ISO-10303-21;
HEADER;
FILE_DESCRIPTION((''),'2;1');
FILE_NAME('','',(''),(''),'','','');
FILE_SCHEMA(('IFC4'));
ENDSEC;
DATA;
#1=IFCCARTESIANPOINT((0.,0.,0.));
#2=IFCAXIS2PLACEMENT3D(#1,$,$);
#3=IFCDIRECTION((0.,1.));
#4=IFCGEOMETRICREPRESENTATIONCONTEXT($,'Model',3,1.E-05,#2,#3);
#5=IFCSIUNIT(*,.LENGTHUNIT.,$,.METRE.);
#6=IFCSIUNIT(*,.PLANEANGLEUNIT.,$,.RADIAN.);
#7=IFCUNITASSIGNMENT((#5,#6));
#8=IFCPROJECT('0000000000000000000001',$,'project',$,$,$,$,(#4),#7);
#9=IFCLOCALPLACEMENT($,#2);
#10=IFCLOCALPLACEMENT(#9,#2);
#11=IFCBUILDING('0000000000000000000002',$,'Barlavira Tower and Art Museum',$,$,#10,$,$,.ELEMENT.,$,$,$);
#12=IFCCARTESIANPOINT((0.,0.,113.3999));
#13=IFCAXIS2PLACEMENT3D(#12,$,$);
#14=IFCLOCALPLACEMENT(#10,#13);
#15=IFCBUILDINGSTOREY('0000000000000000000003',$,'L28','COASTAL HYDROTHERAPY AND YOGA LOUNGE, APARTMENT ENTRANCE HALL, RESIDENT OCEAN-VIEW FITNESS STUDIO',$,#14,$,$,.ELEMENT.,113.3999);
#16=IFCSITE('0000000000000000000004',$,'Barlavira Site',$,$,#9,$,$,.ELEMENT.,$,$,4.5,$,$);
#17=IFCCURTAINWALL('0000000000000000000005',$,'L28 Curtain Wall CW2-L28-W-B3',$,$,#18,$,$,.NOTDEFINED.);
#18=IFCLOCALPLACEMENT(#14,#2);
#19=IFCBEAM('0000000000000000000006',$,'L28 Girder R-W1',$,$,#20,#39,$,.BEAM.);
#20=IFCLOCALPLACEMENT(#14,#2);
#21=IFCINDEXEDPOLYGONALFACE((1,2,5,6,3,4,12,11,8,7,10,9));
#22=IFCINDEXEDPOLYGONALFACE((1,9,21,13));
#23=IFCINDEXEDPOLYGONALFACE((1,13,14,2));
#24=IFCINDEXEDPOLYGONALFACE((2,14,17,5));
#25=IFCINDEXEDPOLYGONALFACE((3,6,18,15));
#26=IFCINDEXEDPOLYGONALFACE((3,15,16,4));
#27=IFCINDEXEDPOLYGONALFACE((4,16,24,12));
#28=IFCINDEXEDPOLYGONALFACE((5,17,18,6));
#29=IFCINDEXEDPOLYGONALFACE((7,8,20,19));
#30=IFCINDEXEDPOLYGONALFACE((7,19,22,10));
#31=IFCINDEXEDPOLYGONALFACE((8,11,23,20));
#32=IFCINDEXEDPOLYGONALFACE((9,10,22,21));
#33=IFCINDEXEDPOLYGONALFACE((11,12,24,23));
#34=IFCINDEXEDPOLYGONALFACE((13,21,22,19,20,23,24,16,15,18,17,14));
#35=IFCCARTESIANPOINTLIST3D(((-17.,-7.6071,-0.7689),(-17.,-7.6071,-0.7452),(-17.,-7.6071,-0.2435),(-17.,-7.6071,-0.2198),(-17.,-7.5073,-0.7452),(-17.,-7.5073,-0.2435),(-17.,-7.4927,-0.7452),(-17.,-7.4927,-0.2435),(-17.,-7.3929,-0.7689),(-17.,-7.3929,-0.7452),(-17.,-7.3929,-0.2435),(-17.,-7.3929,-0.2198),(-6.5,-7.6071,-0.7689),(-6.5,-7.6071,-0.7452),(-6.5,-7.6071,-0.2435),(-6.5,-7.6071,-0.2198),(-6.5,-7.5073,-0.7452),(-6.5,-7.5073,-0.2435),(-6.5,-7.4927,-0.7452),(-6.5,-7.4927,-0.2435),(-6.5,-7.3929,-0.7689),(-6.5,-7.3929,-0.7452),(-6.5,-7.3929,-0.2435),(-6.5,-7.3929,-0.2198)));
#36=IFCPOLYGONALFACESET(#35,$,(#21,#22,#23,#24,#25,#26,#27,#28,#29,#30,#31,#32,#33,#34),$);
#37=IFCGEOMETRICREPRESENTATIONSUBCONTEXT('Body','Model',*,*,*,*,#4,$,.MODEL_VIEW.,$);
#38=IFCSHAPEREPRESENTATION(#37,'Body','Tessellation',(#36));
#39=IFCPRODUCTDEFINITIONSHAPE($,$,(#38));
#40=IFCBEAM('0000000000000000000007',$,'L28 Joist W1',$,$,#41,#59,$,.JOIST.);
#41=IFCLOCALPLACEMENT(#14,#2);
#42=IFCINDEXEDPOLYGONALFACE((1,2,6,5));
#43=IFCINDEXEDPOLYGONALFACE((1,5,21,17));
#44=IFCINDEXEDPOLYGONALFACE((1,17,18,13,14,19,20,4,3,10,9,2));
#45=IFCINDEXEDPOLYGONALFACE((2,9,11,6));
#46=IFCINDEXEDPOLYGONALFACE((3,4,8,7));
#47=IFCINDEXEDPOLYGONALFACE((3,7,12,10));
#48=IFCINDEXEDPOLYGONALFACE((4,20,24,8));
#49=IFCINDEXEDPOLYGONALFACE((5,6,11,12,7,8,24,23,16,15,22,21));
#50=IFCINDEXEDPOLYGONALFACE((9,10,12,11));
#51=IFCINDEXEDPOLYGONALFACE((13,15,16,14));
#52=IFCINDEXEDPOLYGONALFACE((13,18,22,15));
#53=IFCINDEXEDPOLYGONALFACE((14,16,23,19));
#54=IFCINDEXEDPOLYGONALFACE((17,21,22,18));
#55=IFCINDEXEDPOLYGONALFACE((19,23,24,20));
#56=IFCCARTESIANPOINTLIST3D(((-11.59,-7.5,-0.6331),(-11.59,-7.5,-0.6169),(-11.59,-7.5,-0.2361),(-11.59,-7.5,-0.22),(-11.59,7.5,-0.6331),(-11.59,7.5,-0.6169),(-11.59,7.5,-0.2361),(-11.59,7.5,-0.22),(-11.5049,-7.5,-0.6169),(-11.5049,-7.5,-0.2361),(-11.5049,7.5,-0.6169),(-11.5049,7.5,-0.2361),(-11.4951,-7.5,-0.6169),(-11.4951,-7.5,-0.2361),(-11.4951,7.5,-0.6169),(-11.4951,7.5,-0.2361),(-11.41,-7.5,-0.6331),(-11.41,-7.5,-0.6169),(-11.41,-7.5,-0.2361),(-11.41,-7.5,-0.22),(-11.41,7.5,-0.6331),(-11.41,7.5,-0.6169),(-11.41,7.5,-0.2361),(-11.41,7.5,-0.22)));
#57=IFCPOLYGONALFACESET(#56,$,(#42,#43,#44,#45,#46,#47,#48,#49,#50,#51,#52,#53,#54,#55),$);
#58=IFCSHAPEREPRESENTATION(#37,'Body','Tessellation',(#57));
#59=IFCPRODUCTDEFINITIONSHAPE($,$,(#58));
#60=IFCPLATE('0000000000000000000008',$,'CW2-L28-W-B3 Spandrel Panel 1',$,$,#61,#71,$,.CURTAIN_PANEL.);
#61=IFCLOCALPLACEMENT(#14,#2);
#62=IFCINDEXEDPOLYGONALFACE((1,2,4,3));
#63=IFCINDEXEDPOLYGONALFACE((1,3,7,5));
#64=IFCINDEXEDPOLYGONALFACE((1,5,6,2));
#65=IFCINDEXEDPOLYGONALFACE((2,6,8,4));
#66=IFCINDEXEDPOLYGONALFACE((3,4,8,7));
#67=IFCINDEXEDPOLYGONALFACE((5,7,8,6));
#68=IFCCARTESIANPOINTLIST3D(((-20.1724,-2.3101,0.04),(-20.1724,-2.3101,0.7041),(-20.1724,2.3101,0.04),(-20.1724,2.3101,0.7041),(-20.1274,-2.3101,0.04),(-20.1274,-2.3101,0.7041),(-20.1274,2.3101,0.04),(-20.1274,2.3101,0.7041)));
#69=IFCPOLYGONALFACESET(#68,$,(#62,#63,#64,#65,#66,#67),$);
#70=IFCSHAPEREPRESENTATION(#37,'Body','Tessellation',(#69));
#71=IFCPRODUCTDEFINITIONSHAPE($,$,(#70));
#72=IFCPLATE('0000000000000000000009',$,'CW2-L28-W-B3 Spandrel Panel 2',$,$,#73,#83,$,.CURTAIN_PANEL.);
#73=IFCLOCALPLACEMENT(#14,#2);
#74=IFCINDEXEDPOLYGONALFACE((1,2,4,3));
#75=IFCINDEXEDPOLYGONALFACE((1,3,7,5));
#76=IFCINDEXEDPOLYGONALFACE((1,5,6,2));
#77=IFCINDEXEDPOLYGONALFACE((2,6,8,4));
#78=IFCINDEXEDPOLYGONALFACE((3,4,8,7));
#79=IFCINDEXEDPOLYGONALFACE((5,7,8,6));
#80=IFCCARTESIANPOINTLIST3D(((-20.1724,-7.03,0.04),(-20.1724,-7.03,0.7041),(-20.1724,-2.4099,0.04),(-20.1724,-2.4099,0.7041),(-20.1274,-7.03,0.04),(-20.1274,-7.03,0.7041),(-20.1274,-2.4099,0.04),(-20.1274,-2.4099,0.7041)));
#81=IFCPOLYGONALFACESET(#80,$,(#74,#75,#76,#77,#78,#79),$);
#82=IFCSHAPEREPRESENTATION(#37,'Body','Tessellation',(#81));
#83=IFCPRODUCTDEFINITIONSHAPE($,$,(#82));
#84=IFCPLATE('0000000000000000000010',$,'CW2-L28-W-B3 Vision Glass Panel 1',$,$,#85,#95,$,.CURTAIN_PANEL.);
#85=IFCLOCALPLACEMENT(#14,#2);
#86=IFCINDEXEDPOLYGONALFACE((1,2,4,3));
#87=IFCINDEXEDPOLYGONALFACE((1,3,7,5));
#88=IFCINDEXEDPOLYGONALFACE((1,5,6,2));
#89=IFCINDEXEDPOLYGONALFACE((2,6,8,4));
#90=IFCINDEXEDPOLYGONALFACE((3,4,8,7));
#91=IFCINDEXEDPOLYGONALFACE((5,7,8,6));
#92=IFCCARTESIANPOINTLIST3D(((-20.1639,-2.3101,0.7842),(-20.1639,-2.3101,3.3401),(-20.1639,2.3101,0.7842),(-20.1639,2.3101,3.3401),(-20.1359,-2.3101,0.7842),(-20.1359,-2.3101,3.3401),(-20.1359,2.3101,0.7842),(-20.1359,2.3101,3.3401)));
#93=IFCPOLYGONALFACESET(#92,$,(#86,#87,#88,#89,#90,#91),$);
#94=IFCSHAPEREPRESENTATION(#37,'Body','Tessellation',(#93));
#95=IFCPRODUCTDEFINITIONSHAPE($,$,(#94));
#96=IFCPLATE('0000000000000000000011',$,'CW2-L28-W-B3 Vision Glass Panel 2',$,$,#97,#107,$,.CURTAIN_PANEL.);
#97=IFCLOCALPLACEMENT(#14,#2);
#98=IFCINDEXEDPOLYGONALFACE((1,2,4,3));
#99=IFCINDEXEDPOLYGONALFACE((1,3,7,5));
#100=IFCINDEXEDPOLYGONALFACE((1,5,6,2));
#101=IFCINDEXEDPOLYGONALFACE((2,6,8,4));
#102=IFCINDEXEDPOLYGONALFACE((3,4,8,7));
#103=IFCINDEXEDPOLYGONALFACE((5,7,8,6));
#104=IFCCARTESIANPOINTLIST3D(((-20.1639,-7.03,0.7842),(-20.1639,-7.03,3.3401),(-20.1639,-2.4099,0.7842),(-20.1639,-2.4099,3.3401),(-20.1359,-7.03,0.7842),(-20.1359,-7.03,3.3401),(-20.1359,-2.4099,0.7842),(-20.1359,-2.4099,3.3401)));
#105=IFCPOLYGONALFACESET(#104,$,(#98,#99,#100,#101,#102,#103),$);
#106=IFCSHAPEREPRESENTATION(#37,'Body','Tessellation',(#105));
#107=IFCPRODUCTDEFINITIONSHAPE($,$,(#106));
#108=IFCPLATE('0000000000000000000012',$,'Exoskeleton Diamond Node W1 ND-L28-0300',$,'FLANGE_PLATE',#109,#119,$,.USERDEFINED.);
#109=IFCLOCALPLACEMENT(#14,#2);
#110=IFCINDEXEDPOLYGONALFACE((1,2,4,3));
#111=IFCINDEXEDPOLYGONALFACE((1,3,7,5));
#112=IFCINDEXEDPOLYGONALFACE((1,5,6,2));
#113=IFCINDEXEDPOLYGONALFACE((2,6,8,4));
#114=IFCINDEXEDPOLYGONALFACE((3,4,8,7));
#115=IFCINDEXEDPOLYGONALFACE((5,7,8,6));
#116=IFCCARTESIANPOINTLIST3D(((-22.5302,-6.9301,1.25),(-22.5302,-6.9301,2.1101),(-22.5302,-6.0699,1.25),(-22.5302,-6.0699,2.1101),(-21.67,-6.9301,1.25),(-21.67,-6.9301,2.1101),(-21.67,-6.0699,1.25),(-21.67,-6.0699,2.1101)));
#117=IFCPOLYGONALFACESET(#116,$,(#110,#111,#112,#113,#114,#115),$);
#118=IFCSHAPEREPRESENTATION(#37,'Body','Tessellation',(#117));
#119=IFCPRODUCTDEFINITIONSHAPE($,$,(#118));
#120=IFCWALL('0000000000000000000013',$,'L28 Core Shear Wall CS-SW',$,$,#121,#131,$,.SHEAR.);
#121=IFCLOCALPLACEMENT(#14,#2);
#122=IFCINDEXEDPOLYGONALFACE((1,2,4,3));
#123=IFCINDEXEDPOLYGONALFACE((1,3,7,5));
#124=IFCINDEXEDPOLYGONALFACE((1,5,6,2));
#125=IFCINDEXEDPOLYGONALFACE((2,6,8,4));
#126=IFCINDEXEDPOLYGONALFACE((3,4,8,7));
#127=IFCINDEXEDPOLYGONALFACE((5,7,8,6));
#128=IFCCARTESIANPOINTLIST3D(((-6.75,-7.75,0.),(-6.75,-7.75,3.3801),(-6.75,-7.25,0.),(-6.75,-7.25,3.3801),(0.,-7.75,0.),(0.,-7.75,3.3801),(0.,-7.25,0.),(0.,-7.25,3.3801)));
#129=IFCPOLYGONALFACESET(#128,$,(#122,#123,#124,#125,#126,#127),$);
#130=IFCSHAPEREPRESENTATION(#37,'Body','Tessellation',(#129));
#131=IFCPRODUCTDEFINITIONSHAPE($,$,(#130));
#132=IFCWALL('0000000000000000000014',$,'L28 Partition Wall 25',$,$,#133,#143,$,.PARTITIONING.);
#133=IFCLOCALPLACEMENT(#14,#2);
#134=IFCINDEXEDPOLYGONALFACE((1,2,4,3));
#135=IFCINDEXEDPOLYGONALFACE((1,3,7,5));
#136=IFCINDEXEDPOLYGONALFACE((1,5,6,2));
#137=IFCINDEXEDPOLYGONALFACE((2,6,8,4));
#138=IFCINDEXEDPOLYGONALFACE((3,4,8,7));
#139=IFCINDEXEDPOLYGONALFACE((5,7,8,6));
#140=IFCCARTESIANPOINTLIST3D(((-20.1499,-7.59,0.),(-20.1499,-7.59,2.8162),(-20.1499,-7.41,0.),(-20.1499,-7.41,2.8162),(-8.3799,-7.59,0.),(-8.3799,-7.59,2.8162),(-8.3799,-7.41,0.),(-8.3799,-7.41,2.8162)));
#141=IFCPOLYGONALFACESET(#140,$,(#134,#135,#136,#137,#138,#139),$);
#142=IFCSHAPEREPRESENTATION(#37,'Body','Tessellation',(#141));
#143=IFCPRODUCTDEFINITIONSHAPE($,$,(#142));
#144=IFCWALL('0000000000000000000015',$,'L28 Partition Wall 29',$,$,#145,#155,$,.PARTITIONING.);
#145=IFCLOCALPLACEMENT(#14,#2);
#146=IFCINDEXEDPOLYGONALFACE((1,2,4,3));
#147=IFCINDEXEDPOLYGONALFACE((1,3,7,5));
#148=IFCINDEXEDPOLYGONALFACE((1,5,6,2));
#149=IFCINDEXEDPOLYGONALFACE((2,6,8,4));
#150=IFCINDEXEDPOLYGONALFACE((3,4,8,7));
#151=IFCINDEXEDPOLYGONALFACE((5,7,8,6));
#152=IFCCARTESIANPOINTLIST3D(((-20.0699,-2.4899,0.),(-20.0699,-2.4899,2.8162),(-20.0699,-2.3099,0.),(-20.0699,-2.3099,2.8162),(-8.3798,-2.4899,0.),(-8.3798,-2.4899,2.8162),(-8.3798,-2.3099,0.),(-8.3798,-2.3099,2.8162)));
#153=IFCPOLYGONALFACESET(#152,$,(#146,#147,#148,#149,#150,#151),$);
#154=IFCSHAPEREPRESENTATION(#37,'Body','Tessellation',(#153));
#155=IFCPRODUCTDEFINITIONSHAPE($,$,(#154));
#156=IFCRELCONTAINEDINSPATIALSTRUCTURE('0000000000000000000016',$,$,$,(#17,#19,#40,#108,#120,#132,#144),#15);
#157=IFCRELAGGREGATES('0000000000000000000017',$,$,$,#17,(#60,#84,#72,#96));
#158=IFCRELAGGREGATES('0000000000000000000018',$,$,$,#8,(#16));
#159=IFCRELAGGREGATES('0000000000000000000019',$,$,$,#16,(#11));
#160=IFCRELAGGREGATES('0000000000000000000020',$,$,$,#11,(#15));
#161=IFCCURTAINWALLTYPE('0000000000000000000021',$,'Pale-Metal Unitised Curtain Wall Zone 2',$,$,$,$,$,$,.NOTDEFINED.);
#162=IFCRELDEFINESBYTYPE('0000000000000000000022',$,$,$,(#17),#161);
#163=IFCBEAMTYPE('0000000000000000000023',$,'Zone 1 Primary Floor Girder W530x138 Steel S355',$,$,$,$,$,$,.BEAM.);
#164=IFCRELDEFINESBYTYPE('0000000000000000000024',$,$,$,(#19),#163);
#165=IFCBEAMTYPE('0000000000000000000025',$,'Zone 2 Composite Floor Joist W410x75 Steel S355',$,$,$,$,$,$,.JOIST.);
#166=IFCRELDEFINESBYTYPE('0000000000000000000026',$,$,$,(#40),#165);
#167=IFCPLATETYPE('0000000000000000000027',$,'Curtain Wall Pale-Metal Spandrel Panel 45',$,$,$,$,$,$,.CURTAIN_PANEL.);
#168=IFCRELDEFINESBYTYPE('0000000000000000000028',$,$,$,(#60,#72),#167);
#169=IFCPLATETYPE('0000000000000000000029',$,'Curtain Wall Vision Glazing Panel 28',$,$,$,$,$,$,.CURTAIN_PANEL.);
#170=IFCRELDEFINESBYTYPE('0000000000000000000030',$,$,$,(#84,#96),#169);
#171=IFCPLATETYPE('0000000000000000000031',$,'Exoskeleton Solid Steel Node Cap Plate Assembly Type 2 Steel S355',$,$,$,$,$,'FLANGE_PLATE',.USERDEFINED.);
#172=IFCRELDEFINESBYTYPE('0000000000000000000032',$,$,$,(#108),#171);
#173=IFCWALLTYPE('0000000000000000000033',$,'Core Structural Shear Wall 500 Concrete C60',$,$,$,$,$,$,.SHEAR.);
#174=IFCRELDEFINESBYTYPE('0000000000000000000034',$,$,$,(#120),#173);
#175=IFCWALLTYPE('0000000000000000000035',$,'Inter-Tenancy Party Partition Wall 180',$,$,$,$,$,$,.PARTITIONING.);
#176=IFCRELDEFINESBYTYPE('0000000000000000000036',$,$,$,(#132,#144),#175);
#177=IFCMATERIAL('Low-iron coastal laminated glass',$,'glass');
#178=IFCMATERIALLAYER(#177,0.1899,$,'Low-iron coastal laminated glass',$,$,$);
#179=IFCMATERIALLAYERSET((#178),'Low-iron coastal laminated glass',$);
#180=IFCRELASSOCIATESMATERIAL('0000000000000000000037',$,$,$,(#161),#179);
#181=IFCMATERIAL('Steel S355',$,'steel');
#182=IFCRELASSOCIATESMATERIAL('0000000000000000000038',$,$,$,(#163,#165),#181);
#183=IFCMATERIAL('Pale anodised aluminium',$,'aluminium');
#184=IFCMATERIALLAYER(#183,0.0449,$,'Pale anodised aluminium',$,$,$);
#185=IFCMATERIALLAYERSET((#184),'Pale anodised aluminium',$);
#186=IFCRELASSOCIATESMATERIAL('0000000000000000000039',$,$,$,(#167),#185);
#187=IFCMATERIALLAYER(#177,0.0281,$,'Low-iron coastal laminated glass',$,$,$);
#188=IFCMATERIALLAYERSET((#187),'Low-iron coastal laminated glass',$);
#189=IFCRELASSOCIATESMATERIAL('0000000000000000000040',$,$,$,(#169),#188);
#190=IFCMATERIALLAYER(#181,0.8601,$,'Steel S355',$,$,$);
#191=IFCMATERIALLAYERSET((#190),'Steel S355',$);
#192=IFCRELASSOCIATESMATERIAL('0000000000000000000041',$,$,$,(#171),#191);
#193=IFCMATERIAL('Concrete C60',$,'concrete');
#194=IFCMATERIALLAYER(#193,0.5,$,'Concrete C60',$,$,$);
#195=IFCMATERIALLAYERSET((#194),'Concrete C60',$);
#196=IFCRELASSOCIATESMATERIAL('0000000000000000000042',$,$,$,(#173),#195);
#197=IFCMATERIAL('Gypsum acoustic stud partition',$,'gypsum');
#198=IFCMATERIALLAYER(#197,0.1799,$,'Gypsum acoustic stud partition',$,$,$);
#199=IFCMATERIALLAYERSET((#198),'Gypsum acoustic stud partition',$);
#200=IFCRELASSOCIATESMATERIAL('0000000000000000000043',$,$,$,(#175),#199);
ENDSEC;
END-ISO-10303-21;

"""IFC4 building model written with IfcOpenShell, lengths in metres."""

from ifc_helpers import new_model, si_unit, direction, frame, frame_2d, origin, origin_2d, place, context, subcontext, project, spatial, rectangle, i_section, extrude, material, layer, layer_set, material_profile, profile_set, type_object, element, aggregate, save


model = new_model("IFC4")

# Units and contexts
model_context = context("Model", 3, precision=1e-05, world=origin(), true_north=direction((0.0, 1.0)))
body_context = subcontext(model_context, "Body", "Model", "MODEL_VIEW")
ifc_project = project(units=[si_unit("LENGTHUNIT", "METRE"), si_unit("PLANEANGLEUNIT", "RADIAN")], contexts=[model_context])

# Site, building, storey
site_placement = place(None, origin())
site = spatial("IfcSite", under=ifc_project, at=site_placement, Name="Barlavira Site", CompositionType="ELEMENT", RefElevation=4.5)
building_placement = place(site_placement, origin())
building = spatial("IfcBuilding", under=site, at=building_placement, Name="Barlavira Tower and Art Museum", CompositionType="ELEMENT")
storey_placement = place(building_placement, frame((0.0, 0.0, 113.3999)))
storey = spatial("IfcBuildingStorey", under=building, at=storey_placement, Name="L28", Description="COASTAL HYDROTHERAPY AND YOGA LOUNGE, APARTMENT ENTRANCE HALL, RESIDENT OCEAN-VIEW FITNESS STUDIO", CompositionType="ELEMENT", Elevation=113.3999)

# Shared definitions
ifc_material_1 = material(Name="Steel S355", Category="steel")
ifc_material_2 = material(Name="Concrete C60", Category="concrete")

# Curtain wall
ifc_material_3 = material(Name="Low-iron coastal laminated glass", Category="glass")
ifc_layer_1 = layer(ifc_material_3, 0.1899, Name="Low-iron coastal laminated glass")
ifc_layer_set_1 = layer_set([ifc_layer_1], Name="Low-iron coastal laminated glass")
curtain_wall_type = type_object("IfcCurtainWallType", Name="Pale-Metal Unitised Curtain Wall Zone 2", PredefinedType="NOTDEFINED", material=ifc_layer_set_1)
curtain_wall_placement = place(storey_placement, origin())
curtain_wall = element("IfcCurtainWall", 1, at=curtain_wall_placement, inside=storey, type_object=curtain_wall_type, Name="L28 Curtain Wall CW2-L28-W-B3", PredefinedType="NOTDEFINED")
ifc_material_4 = material(Name="Pale anodised aluminium", Category="aluminium")

# Beams
ifc_material_profile_1 = material_profile(ifc_material_1, i_section(OverallWidth=0.2141, OverallDepth=0.5491, WebThickness=0.0146, FlangeThickness=0.0237, at=origin_2d()), Name="W530x138.0")
ifc_profile_set_1 = profile_set([ifc_material_profile_1], Name="Steel S355")
beam_type_1 = type_object("IfcBeamType", Name="Zone 1 Primary Floor Girder W530x138 Steel S355", PredefinedType="BEAM", material=ifc_profile_set_1)
beam_1_placement = place(storey_placement, frame((-17.0, -7.5, -0.4944), z_axis=(1.0, 0.0, 0.0), x_axis=(0.0, 1.0, 0.0)))
element("IfcBeam", 2, at=beam_1_placement, inside=storey, type_object=beam_type_1, Name="L28 Girder R-W1", PredefinedType="BEAM", context=body_context, shape_type="SweptSolid", body=[
    extrude(i_section(OverallWidth=0.2141, OverallDepth=0.5491, WebThickness=0.0146, FlangeThickness=0.0237, at=origin_2d()), origin(), (0.0, 0.0, 1.0), 10.5),
])
ifc_material_profile_2 = material_profile(ifc_material_1, i_section(OverallWidth=0.1799, OverallDepth=0.4131, WebThickness=0.0098, FlangeThickness=0.0161, at=origin_2d()), Name="W410x75.0")
ifc_profile_set_2 = profile_set([ifc_material_profile_2], Name="Steel S355")
beam_type_2 = type_object("IfcBeamType", Name="Zone 2 Composite Floor Joist W410x75 Steel S355", PredefinedType="JOIST", material=ifc_profile_set_2)
beam_2_placement = place(storey_placement, frame((-11.5, -7.5, -0.4265), z_axis=(0.0, 1.0, 0.0), x_axis=(-1.0, 0.0, 0.0)))
element("IfcBeam", 3, at=beam_2_placement, inside=storey, type_object=beam_type_2, Name="L28 Joist W1", PredefinedType="JOIST", context=body_context, shape_type="SweptSolid", body=[
    extrude(i_section(OverallWidth=0.1799, OverallDepth=0.4131, WebThickness=0.0098, FlangeThickness=0.0161, at=origin_2d()), origin(), (0.0, 0.0, 1.0), 15.0),
])

# Plates
ifc_layer_2 = layer(ifc_material_4, 0.0449, Name="Pale anodised aluminium")
ifc_layer_set_2 = layer_set([ifc_layer_2], Name="Pale anodised aluminium")
plate_type_1 = type_object("IfcPlateType", Name="Curtain Wall Pale-Metal Spandrel Panel 45", PredefinedType="CURTAIN_PANEL", material=ifc_layer_set_2)
plate_1_placement = place(storey_placement, frame((-20.1499, 0.0, 0.04), z_axis=(0.0, 0.0, 1.0), x_axis=(0.0, -1.0, 0.0)))
plate_1 = element("IfcPlate", 4, at=plate_1_placement, type_object=plate_type_1, Name="CW2-L28-W-B3 Spandrel Panel 1", PredefinedType="CURTAIN_PANEL", context=body_context, shape_type="SweptSolid", body=[
    extrude(rectangle(XDim=4.6201, YDim=0.0449, at=origin_2d()), origin(), (0.0, 0.0, 1.0), 0.6641),
])
plate_2_placement = place(storey_placement, frame((-20.1499, -4.72, 0.04), z_axis=(0.0, 0.0, 1.0), x_axis=(0.0, -1.0, 0.0)))
plate_2 = element("IfcPlate", 5, at=plate_2_placement, type_object=plate_type_1, Name="CW2-L28-W-B3 Spandrel Panel 2", PredefinedType="CURTAIN_PANEL", context=body_context, shape_type="SweptSolid", body=[
    extrude(rectangle(XDim=4.6201, YDim=0.0449, at=origin_2d()), origin(), (0.0, 0.0, 1.0), 0.6641),
])
ifc_layer_3 = layer(ifc_material_3, 0.0281, Name="Low-iron coastal laminated glass")
ifc_layer_set_3 = layer_set([ifc_layer_3], Name="Low-iron coastal laminated glass")
plate_type_2 = type_object("IfcPlateType", Name="Curtain Wall Vision Glazing Panel 28", PredefinedType="CURTAIN_PANEL", material=ifc_layer_set_3)
plate_3_placement = place(storey_placement, frame((-20.1499, 0.0, 0.7842), z_axis=(0.0, 0.0, 1.0), x_axis=(0.0, -1.0, 0.0)))
plate_3 = element("IfcPlate", 6, at=plate_3_placement, type_object=plate_type_2, Name="CW2-L28-W-B3 Vision Glass Panel 1", PredefinedType="CURTAIN_PANEL", context=body_context, shape_type="SweptSolid", body=[
    extrude(rectangle(XDim=4.6201, YDim=0.0281, at=origin_2d()), origin(), (0.0, 0.0, 1.0), 2.5559),
])
plate_4_placement = place(storey_placement, frame((-20.1499, -4.72, 0.7842), z_axis=(0.0, 0.0, 1.0), x_axis=(0.0, -1.0, 0.0)))
plate_4 = element("IfcPlate", 7, at=plate_4_placement, type_object=plate_type_2, Name="CW2-L28-W-B3 Vision Glass Panel 2", PredefinedType="CURTAIN_PANEL", context=body_context, shape_type="SweptSolid", body=[
    extrude(rectangle(XDim=4.6201, YDim=0.0281, at=origin_2d()), origin(), (0.0, 0.0, 1.0), 2.5559),
])
aggregate(curtain_wall, [plate_1, plate_3, plate_2, plate_4])
ifc_layer_4 = layer(ifc_material_1, 0.8601, Name="Steel S355")
ifc_layer_set_4 = layer_set([ifc_layer_4], Name="Steel S355")
plate_type_3 = type_object("IfcPlateType", Name="Exoskeleton Solid Steel Node Cap Plate Assembly Type 2 Steel S355", ElementType="FLANGE_PLATE", PredefinedType="USERDEFINED", material=ifc_layer_set_4)
plate_5_placement = place(storey_placement, frame((-22.1001, -6.5, 1.25), z_axis=(0.0, 0.0, 1.0), x_axis=(1.0, 0.0, 0.0)))
element("IfcPlate", 8, at=plate_5_placement, inside=storey, type_object=plate_type_3, Name="Exoskeleton Diamond Node W1 ND-L28-0300", ObjectType="FLANGE_PLATE", PredefinedType="USERDEFINED", context=body_context, shape_type="SweptSolid", body=[
    extrude(rectangle(XDim=0.8601, YDim=0.8601, at=origin_2d()), origin(), (0.0, 0.0, 1.0), 0.8601),
])

# Wall
ifc_layer_5 = layer(ifc_material_2, 0.5, Name="Concrete C60")
ifc_layer_set_5 = layer_set([ifc_layer_5], Name="Concrete C60")
wall_type_1 = type_object("IfcWallType", Name="Core Structural Shear Wall 500 Concrete C60", PredefinedType="SHEAR", material=ifc_layer_set_5)
wall_1_placement = place(storey_placement, frame((-6.75, -7.5, 0.0), z_axis=(0.0, 0.0, 1.0), x_axis=(1.0, 0.0, 0.0)))
element("IfcWall", 9, at=wall_1_placement, inside=storey, type_object=wall_type_1, Name="L28 Core Shear Wall CS-SW", PredefinedType="SHEAR", context=body_context, shape_type="SweptSolid", body=[
    extrude(rectangle(XDim=6.75, YDim=0.5, at=frame_2d((3.375, 0.0))), origin(), (0.0, 0.0, 1.0), 3.3801),
])

# Shared definitions
ifc_material_5 = material(Name="Gypsum acoustic stud partition", Category="gypsum")
ifc_layer_6 = layer(ifc_material_5, 0.1799, Name="Gypsum acoustic stud partition")
ifc_layer_set_6 = layer_set([ifc_layer_6], Name="Gypsum acoustic stud partition")
wall_type_2 = type_object("IfcWallType", Name="Inter-Tenancy Party Partition Wall 180", PredefinedType="PARTITIONING", material=ifc_layer_set_6)

# Walls
wall_2_placement = place(storey_placement, frame((-20.1499, -7.5, 0.0), z_axis=(0.0, 0.0, 1.0), x_axis=(1.0, 0.0, 0.0)))
element("IfcWall", 10, at=wall_2_placement, inside=storey, type_object=wall_type_2, Name="L28 Partition Wall 25", PredefinedType="PARTITIONING", context=body_context, shape_type="SweptSolid", body=[
    extrude(rectangle(XDim=11.77, YDim=0.1799, at=frame_2d((5.885, 0.0))), origin(), (0.0, 0.0, 1.0), 2.8162),
])
wall_3_placement = place(storey_placement, frame((-20.0701, -2.3999, 0.0), z_axis=(0.0, 0.0, 1.0), x_axis=(1.0, 0.0, 0.0)))
element("IfcWall", 11, at=wall_3_placement, inside=storey, type_object=wall_type_2, Name="L28 Partition Wall 29", PredefinedType="PARTITIONING", context=body_context, shape_type="SweptSolid", body=[
    extrude(rectangle(XDim=11.6902, YDim=0.1799, at=frame_2d((5.8452, 0.0))), origin(), (0.0, 0.0, 1.0), 2.8162),
])

save(model, "model.ifc")
